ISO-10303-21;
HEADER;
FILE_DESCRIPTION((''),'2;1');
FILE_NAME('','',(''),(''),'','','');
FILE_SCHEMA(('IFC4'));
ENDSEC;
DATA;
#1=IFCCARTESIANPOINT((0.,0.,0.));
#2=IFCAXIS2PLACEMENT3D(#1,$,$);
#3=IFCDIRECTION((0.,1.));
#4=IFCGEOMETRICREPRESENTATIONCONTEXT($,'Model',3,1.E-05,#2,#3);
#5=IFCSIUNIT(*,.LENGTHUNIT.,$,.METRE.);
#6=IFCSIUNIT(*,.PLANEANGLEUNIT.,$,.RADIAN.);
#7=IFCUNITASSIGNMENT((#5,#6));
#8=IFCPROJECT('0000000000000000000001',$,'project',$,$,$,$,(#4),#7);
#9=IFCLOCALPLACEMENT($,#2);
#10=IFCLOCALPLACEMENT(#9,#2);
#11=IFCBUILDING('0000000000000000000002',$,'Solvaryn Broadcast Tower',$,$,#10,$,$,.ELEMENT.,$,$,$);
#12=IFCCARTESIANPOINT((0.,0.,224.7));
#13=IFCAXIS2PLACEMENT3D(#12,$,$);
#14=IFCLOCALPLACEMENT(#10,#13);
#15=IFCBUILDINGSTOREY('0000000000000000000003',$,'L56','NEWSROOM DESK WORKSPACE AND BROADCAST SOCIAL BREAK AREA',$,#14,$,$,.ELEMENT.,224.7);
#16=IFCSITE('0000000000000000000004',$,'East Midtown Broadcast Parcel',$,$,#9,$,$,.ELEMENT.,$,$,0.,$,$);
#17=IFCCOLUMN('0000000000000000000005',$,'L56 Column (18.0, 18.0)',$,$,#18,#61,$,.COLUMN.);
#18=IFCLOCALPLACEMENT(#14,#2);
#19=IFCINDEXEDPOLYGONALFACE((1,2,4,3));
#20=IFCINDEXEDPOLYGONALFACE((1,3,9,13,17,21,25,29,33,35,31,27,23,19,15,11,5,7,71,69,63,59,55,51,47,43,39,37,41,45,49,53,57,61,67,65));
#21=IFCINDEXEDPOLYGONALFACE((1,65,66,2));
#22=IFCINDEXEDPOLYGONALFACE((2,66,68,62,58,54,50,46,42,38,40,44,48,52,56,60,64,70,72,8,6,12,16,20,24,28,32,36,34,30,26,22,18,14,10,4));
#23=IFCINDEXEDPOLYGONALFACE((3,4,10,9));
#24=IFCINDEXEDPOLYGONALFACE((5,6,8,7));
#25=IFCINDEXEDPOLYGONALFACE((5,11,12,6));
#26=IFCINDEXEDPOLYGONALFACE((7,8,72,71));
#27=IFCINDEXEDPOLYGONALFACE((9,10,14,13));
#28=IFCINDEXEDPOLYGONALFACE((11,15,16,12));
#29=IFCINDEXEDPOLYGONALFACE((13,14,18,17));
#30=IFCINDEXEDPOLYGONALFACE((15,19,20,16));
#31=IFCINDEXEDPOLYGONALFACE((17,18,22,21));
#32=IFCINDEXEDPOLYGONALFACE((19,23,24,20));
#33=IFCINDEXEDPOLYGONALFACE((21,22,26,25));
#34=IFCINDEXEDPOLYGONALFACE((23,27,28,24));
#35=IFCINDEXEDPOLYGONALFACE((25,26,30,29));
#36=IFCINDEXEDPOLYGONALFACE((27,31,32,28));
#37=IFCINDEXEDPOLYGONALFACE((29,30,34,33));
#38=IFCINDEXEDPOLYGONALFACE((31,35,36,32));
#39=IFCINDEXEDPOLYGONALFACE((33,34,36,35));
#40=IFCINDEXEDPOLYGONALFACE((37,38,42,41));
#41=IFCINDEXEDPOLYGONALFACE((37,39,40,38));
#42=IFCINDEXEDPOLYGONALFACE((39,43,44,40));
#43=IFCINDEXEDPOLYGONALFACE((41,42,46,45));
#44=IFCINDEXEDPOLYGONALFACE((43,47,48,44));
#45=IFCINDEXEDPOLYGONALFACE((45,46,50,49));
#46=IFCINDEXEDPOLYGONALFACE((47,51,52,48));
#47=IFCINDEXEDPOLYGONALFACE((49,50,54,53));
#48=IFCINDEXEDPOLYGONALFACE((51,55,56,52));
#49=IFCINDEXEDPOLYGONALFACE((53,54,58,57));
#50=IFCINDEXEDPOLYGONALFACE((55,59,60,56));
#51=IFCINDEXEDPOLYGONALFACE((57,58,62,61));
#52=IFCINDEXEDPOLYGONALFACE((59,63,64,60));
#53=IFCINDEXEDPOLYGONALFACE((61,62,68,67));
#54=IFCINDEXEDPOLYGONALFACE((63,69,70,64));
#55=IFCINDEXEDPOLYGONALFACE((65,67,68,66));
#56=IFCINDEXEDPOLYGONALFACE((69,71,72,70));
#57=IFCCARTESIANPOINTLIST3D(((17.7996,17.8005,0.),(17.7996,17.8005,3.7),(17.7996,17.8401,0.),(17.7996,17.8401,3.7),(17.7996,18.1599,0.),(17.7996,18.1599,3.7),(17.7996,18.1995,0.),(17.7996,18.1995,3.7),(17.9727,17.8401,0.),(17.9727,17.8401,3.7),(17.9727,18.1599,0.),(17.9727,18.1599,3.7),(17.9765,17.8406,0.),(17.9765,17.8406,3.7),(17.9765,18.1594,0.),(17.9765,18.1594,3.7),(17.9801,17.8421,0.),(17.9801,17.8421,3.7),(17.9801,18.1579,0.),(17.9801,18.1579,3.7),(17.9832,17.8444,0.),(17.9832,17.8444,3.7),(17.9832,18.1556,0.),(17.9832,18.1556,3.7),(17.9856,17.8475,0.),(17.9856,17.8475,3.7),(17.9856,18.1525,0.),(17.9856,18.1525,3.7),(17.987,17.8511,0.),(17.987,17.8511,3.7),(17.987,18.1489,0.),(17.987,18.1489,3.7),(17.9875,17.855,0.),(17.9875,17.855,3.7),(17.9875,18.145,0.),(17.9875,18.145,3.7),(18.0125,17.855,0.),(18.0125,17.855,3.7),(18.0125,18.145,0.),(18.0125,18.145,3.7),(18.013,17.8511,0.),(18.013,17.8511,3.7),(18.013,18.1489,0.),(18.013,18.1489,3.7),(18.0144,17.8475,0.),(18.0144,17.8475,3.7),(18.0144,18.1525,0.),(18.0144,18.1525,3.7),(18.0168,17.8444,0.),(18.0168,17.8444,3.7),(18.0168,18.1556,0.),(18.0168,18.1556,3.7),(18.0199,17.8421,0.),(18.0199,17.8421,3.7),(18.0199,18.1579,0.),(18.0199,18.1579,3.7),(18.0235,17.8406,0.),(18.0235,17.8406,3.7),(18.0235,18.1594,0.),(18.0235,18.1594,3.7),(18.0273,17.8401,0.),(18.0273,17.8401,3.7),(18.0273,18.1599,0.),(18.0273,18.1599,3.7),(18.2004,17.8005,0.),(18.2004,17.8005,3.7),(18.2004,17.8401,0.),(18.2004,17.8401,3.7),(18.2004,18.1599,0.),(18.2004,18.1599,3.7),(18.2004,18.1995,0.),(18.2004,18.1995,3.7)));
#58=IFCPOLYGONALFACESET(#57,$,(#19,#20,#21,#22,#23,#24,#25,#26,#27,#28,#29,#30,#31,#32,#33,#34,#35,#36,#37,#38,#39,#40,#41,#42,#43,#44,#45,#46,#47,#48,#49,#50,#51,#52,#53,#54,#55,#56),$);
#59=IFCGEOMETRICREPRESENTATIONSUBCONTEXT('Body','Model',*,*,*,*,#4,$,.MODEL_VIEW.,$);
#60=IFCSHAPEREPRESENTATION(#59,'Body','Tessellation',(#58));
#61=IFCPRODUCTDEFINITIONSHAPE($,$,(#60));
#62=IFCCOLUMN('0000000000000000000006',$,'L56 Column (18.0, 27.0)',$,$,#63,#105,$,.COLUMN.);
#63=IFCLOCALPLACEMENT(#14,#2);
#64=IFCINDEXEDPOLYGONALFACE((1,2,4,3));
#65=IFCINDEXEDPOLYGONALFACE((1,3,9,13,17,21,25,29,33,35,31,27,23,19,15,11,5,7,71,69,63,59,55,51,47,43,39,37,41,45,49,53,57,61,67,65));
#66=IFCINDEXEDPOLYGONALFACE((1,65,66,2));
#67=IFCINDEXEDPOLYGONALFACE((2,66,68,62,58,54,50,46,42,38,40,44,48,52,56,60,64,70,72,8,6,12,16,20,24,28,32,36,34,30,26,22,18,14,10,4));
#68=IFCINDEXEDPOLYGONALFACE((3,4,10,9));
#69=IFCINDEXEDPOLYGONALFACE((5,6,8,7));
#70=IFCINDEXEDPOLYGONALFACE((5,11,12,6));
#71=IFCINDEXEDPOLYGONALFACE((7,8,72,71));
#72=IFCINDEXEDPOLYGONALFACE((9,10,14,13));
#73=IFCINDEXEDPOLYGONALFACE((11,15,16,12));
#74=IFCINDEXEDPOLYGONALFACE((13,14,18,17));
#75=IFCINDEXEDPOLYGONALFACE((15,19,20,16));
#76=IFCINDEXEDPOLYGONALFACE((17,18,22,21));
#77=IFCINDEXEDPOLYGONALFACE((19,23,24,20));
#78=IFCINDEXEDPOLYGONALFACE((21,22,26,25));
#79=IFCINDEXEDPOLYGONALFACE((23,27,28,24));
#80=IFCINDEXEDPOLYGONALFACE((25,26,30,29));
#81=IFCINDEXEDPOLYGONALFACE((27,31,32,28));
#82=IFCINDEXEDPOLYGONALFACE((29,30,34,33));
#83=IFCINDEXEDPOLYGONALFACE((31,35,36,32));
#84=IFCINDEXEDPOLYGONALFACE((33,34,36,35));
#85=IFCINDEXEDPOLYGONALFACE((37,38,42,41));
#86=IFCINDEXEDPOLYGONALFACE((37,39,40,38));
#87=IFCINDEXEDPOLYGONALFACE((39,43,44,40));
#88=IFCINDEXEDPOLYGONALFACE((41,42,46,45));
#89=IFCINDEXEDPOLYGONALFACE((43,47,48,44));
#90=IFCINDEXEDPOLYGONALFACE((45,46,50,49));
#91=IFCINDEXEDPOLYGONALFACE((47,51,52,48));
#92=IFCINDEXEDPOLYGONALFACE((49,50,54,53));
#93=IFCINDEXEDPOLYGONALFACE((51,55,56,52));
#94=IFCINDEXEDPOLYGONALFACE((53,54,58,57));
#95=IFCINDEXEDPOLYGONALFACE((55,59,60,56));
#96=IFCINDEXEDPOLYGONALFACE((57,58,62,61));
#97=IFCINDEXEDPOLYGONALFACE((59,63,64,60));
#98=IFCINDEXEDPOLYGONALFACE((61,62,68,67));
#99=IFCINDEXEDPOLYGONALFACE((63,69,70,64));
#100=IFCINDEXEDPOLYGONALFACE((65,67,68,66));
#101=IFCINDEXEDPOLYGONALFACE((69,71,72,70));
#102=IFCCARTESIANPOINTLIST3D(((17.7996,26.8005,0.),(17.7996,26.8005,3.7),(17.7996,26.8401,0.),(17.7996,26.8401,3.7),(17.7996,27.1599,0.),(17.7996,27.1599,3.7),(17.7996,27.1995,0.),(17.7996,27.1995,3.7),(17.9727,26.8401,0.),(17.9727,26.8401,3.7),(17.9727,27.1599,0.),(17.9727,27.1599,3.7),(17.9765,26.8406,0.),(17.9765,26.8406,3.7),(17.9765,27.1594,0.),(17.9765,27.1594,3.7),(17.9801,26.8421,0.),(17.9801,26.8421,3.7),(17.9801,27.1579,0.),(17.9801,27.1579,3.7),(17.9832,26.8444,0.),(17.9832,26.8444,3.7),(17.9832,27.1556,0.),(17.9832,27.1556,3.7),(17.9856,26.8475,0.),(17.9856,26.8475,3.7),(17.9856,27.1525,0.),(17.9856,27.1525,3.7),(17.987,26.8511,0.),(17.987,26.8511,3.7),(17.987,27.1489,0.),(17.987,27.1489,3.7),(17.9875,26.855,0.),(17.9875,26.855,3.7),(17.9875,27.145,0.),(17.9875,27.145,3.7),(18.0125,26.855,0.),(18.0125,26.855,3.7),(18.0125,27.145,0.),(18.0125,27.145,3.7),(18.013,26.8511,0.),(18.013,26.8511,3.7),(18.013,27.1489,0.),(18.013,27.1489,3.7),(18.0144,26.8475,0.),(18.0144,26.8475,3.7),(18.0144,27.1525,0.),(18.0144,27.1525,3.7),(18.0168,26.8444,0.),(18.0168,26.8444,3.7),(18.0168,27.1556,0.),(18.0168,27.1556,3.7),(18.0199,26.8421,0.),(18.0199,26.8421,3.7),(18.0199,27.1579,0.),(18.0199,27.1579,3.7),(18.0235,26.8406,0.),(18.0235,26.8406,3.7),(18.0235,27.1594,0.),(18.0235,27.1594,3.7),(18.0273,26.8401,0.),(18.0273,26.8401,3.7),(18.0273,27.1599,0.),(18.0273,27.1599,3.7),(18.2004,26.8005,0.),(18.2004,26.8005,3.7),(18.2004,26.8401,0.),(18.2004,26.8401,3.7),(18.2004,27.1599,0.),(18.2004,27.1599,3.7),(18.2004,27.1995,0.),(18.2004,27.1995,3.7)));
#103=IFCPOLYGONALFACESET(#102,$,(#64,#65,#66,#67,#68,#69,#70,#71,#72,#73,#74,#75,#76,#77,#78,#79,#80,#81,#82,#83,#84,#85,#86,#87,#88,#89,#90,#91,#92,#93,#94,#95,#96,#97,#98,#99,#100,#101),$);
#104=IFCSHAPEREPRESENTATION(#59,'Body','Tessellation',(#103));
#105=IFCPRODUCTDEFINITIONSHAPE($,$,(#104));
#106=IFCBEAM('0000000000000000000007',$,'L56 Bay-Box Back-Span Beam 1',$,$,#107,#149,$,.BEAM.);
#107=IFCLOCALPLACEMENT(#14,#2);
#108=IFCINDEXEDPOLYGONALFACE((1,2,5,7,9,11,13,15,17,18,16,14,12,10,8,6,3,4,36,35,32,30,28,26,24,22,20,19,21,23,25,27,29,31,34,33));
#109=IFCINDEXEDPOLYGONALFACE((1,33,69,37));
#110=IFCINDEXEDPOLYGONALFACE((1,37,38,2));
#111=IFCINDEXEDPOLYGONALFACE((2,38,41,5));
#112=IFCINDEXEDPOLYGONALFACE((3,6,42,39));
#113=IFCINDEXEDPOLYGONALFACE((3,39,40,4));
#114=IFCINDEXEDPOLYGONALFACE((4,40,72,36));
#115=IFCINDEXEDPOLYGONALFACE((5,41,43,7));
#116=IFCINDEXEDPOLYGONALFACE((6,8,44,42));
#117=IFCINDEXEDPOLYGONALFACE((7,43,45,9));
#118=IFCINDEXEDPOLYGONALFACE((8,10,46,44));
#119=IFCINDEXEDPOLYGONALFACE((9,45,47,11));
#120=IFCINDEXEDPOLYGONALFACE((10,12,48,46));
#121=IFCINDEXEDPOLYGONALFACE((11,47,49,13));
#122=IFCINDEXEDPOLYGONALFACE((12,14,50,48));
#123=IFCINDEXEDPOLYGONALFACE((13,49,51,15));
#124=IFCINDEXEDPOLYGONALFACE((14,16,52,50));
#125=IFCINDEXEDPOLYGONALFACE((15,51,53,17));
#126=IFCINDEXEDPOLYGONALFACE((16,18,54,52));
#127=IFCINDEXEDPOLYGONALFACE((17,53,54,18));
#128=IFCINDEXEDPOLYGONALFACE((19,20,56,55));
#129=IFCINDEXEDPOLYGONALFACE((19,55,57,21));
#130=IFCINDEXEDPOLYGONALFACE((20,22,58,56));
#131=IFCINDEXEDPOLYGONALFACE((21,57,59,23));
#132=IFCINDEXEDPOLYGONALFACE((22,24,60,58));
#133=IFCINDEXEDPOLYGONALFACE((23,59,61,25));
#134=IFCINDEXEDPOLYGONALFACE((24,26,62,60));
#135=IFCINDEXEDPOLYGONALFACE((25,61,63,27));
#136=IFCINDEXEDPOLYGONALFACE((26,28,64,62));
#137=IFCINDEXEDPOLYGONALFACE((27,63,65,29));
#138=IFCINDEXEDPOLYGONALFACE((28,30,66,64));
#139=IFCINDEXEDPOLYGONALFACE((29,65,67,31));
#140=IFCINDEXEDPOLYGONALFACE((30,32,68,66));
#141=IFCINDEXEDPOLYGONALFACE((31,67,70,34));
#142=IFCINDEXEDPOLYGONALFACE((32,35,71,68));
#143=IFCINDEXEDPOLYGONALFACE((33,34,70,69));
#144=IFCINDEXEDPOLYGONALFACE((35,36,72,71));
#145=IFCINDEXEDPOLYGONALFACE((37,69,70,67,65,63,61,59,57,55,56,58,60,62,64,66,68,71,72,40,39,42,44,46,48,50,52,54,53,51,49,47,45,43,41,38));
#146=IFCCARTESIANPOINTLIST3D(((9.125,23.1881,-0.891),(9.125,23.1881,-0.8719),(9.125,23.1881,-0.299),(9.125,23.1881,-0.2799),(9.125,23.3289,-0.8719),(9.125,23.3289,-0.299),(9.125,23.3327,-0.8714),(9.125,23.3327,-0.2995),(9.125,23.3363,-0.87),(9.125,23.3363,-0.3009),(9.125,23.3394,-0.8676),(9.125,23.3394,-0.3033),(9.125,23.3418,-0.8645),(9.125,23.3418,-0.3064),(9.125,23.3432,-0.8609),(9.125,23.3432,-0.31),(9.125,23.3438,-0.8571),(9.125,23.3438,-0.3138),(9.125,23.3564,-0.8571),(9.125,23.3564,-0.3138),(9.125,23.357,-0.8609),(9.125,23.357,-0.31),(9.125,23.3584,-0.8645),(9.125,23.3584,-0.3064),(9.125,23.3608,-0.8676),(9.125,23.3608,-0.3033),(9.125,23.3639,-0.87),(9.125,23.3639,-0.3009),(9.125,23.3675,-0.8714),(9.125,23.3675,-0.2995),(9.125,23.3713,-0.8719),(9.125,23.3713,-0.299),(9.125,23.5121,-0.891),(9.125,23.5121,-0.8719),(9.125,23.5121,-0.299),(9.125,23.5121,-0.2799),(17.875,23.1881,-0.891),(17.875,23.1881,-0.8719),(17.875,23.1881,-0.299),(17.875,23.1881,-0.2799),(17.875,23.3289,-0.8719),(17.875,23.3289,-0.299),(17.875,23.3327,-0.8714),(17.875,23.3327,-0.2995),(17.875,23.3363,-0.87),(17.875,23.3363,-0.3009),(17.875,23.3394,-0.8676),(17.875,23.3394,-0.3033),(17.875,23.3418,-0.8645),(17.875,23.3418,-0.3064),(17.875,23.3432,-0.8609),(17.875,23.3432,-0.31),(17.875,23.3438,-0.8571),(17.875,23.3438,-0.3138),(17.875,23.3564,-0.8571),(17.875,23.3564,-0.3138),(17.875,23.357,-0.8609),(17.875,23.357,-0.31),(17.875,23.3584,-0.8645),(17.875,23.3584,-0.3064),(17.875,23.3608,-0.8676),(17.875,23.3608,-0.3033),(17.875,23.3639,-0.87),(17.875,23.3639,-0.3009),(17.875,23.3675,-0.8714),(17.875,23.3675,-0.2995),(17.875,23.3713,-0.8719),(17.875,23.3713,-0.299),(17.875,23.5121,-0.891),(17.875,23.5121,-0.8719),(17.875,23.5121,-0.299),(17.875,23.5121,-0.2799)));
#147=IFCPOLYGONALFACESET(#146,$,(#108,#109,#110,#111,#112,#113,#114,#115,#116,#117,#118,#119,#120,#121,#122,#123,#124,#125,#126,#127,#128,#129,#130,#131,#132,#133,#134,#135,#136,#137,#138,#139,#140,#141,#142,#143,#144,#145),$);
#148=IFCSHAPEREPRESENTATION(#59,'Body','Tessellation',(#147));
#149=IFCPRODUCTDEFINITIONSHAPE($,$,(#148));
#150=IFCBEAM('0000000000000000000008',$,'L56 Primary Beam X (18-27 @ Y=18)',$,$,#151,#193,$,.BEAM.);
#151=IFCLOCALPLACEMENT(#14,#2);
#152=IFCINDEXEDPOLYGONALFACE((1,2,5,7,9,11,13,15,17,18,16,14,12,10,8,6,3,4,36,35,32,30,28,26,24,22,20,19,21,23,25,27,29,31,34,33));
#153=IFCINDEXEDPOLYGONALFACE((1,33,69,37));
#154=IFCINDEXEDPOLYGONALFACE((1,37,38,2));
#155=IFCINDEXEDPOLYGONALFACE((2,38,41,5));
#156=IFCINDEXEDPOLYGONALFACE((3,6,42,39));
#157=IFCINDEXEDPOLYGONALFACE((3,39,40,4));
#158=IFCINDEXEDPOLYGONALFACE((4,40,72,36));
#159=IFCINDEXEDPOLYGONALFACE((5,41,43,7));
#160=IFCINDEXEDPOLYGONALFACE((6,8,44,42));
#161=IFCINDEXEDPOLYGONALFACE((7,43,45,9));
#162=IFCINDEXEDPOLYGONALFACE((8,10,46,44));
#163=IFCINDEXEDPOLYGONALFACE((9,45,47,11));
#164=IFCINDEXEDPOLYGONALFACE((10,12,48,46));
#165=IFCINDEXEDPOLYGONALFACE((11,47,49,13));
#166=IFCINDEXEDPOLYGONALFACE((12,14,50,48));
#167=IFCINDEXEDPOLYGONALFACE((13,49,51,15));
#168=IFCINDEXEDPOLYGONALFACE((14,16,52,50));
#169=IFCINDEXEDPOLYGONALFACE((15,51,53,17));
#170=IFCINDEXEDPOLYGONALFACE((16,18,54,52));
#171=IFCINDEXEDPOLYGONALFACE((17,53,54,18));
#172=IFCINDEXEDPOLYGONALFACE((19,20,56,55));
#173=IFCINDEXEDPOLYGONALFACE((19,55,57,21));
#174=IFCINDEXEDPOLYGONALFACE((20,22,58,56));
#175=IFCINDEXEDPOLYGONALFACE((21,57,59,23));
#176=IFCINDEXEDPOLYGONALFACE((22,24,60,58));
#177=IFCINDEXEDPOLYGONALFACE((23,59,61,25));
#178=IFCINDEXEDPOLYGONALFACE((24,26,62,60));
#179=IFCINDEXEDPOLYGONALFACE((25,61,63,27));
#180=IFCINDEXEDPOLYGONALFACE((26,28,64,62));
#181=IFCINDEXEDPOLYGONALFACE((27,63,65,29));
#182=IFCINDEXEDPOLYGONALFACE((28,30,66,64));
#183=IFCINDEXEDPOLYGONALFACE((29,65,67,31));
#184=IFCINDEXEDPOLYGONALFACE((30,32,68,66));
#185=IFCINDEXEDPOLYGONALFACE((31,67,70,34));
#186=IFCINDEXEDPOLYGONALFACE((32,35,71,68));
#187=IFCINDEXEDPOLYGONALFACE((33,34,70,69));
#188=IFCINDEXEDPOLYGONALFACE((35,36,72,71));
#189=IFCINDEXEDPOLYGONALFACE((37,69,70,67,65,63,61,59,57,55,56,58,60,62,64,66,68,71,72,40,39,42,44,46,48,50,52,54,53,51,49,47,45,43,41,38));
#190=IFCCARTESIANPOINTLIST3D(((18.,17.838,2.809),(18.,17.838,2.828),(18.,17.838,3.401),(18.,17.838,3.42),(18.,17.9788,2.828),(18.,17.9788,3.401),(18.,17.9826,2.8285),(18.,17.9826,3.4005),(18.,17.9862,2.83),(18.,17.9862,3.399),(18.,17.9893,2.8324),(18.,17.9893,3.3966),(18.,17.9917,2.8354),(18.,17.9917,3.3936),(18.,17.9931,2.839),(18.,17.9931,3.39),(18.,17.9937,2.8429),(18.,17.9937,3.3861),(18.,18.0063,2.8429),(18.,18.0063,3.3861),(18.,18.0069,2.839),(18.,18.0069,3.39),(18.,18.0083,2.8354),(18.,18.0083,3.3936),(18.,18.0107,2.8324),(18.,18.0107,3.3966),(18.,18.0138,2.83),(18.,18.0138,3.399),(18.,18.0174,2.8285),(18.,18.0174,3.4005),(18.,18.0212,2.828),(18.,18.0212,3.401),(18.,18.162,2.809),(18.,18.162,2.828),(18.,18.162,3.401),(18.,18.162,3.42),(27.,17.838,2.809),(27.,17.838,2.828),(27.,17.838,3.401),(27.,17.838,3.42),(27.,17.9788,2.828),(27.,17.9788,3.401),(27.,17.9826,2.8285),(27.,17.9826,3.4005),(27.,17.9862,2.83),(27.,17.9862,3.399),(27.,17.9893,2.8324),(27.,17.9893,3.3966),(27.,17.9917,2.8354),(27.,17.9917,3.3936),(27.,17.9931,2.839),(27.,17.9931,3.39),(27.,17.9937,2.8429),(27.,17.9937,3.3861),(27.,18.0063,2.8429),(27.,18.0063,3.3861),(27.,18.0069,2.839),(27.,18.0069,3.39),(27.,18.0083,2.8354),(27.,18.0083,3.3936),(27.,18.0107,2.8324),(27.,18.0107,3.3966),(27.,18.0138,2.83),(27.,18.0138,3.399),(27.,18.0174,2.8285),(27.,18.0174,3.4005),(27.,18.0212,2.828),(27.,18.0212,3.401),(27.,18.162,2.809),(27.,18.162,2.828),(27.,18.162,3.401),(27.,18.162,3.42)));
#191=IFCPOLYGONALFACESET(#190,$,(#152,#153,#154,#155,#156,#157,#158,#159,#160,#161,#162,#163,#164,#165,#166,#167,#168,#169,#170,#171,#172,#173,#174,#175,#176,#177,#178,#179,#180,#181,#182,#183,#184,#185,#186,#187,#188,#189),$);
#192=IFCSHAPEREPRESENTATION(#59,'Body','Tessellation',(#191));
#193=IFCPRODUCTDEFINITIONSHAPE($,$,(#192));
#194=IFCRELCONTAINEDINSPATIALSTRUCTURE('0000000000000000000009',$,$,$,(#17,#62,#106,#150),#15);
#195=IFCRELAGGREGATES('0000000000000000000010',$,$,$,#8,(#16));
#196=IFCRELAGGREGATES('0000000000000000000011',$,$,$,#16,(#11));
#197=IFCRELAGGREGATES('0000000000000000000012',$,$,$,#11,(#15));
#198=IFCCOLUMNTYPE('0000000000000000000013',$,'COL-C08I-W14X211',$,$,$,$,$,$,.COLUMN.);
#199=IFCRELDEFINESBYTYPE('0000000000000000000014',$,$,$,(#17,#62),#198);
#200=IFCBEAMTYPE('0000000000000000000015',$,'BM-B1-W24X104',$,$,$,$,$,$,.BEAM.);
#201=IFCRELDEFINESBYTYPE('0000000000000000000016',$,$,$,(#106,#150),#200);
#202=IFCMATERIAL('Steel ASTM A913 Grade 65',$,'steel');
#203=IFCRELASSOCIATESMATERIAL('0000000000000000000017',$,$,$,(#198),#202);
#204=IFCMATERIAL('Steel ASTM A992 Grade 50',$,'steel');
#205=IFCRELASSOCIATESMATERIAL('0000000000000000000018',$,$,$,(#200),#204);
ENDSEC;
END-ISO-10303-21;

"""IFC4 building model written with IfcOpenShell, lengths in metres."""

from ifc_helpers import new_model, si_unit, direction, frame, origin, origin_2d, place, context, subcontext, project, spatial, i_section, extrude, material, material_profile, profile_set, type_object, element, save


model = new_model("IFC4")

# Units and contexts
model_context = context("Model", 3, precision=1e-05, world=origin(), true_north=direction((0.0, 1.0)))
body_context = subcontext(model_context, "Body", "Model", "MODEL_VIEW")
ifc_project = project(units=[si_unit("LENGTHUNIT", "METRE"), si_unit("PLANEANGLEUNIT", "RADIAN")], contexts=[model_context])

# Site, building, storey
site_placement = place(None, origin())
site = spatial("IfcSite", under=ifc_project, at=site_placement, Name="East Midtown Broadcast Parcel", CompositionType="ELEMENT", RefElevation=0.0)
building_placement = place(site_placement, origin())
building = spatial("IfcBuilding", under=site, at=building_placement, Name="Solvaryn Broadcast Tower", CompositionType="ELEMENT")
storey_placement = place(building_placement, frame((0.0, 0.0, 224.7)))
storey = spatial("IfcBuildingStorey", under=building, at=storey_placement, Name="L56", Description="NEWSROOM DESK WORKSPACE AND BROADCAST SOCIAL BREAK AREA", CompositionType="ELEMENT", Elevation=224.7)

# Columns
ifc_material_1 = material(Name="Steel ASTM A913 Grade 65", Category="steel")
ifc_material_profile_1 = material_profile(ifc_material_1, i_section(OverallWidth=0.4009, OverallDepth=0.3989, WebThickness=0.0249, FlangeThickness=0.0396, FilletRadius=0.0149, at=origin_2d()))
ifc_profile_set_1 = profile_set([ifc_material_profile_1], Name="Steel ASTM A913 Grade 65")
column_type = type_object("IfcColumnType", Name="COL-C08I-W14X211", PredefinedType="COLUMN", material=ifc_profile_set_1)
for number, where, z_axis, x_axis, name in (
    (1, (18.0, 18.0, 0.0), (0.0, 0.0, 1.0), (1.0, 0.0, 0.0), "L56 Column (18.0, 18.0)"),
    (2, (18.0, 27.0, 0.0), (0.0, 0.0, 1.0), (1.0, 0.0, 0.0), "L56 Column (18.0, 27.0)"),
):
    element("IfcColumn", number, at=place(storey_placement, frame(where, z_axis=z_axis, x_axis=x_axis)), inside=storey, type_object=column_type, Name=name, PredefinedType="COLUMN", context=body_context, shape_type="SweptSolid", body=[
        extrude(i_section(OverallWidth=0.4009, OverallDepth=0.3989, WebThickness=0.0249, FlangeThickness=0.0396, FilletRadius=0.0149, at=origin_2d()), origin(), (0.0, 0.0, 1.0), 3.7),
    ])

# Beams
ifc_material_2 = material(Name="Steel ASTM A992 Grade 50", Category="steel")
ifc_material_profile_2 = material_profile(ifc_material_2, i_section(OverallWidth=0.324, OverallDepth=0.6111, WebThickness=0.0127, FlangeThickness=0.019, FilletRadius=0.0149, at=origin_2d()))
ifc_profile_set_2 = profile_set([ifc_material_profile_2], Name="Steel ASTM A992 Grade 50")
beam_type_1 = type_object("IfcBeamType", Name="BM-B1-W24X104", PredefinedType="BEAM", material=ifc_profile_set_2)
beam_1_placement = place(storey_placement, frame((17.875, 23.3501, -0.5854), z_axis=(-1.0, 0.0, 0.0), x_axis=(0.0, -1.0, 0.0)))
element("IfcBeam", 3, at=beam_1_placement, inside=storey, type_object=beam_type_1, Name="L56 Bay-Box Back-Span Beam 1", PredefinedType="BEAM", context=body_context, shape_type="SweptSolid", body=[
    extrude(i_section(OverallWidth=0.324, OverallDepth=0.6111, WebThickness=0.0127, FlangeThickness=0.019, FilletRadius=0.0149, at=origin_2d()), origin(), (0.0, 0.0, 1.0), 8.75),
])
for number, where, z_axis, x_axis, name in (
    (4, (18.0, 18.0, 3.1145), (1.0, 0.0, 0.0), (0.0, 1.0, 0.0), "L56 Primary Beam X (18-27 @ Y=18)"),
):
    element("IfcBeam", number, at=place(storey_placement, frame(where, z_axis=z_axis, x_axis=x_axis)), inside=storey, type_object=beam_type_1, Name=name, PredefinedType="BEAM", context=body_context, shape_type="SweptSolid", body=[
        extrude(i_section(OverallWidth=0.324, OverallDepth=0.6111, WebThickness=0.0127, FlangeThickness=0.019, FilletRadius=0.0149, at=origin_2d()), origin(), (0.0, 0.0, 1.0), 9.0),
    ])

save(model, "model.ifc")
